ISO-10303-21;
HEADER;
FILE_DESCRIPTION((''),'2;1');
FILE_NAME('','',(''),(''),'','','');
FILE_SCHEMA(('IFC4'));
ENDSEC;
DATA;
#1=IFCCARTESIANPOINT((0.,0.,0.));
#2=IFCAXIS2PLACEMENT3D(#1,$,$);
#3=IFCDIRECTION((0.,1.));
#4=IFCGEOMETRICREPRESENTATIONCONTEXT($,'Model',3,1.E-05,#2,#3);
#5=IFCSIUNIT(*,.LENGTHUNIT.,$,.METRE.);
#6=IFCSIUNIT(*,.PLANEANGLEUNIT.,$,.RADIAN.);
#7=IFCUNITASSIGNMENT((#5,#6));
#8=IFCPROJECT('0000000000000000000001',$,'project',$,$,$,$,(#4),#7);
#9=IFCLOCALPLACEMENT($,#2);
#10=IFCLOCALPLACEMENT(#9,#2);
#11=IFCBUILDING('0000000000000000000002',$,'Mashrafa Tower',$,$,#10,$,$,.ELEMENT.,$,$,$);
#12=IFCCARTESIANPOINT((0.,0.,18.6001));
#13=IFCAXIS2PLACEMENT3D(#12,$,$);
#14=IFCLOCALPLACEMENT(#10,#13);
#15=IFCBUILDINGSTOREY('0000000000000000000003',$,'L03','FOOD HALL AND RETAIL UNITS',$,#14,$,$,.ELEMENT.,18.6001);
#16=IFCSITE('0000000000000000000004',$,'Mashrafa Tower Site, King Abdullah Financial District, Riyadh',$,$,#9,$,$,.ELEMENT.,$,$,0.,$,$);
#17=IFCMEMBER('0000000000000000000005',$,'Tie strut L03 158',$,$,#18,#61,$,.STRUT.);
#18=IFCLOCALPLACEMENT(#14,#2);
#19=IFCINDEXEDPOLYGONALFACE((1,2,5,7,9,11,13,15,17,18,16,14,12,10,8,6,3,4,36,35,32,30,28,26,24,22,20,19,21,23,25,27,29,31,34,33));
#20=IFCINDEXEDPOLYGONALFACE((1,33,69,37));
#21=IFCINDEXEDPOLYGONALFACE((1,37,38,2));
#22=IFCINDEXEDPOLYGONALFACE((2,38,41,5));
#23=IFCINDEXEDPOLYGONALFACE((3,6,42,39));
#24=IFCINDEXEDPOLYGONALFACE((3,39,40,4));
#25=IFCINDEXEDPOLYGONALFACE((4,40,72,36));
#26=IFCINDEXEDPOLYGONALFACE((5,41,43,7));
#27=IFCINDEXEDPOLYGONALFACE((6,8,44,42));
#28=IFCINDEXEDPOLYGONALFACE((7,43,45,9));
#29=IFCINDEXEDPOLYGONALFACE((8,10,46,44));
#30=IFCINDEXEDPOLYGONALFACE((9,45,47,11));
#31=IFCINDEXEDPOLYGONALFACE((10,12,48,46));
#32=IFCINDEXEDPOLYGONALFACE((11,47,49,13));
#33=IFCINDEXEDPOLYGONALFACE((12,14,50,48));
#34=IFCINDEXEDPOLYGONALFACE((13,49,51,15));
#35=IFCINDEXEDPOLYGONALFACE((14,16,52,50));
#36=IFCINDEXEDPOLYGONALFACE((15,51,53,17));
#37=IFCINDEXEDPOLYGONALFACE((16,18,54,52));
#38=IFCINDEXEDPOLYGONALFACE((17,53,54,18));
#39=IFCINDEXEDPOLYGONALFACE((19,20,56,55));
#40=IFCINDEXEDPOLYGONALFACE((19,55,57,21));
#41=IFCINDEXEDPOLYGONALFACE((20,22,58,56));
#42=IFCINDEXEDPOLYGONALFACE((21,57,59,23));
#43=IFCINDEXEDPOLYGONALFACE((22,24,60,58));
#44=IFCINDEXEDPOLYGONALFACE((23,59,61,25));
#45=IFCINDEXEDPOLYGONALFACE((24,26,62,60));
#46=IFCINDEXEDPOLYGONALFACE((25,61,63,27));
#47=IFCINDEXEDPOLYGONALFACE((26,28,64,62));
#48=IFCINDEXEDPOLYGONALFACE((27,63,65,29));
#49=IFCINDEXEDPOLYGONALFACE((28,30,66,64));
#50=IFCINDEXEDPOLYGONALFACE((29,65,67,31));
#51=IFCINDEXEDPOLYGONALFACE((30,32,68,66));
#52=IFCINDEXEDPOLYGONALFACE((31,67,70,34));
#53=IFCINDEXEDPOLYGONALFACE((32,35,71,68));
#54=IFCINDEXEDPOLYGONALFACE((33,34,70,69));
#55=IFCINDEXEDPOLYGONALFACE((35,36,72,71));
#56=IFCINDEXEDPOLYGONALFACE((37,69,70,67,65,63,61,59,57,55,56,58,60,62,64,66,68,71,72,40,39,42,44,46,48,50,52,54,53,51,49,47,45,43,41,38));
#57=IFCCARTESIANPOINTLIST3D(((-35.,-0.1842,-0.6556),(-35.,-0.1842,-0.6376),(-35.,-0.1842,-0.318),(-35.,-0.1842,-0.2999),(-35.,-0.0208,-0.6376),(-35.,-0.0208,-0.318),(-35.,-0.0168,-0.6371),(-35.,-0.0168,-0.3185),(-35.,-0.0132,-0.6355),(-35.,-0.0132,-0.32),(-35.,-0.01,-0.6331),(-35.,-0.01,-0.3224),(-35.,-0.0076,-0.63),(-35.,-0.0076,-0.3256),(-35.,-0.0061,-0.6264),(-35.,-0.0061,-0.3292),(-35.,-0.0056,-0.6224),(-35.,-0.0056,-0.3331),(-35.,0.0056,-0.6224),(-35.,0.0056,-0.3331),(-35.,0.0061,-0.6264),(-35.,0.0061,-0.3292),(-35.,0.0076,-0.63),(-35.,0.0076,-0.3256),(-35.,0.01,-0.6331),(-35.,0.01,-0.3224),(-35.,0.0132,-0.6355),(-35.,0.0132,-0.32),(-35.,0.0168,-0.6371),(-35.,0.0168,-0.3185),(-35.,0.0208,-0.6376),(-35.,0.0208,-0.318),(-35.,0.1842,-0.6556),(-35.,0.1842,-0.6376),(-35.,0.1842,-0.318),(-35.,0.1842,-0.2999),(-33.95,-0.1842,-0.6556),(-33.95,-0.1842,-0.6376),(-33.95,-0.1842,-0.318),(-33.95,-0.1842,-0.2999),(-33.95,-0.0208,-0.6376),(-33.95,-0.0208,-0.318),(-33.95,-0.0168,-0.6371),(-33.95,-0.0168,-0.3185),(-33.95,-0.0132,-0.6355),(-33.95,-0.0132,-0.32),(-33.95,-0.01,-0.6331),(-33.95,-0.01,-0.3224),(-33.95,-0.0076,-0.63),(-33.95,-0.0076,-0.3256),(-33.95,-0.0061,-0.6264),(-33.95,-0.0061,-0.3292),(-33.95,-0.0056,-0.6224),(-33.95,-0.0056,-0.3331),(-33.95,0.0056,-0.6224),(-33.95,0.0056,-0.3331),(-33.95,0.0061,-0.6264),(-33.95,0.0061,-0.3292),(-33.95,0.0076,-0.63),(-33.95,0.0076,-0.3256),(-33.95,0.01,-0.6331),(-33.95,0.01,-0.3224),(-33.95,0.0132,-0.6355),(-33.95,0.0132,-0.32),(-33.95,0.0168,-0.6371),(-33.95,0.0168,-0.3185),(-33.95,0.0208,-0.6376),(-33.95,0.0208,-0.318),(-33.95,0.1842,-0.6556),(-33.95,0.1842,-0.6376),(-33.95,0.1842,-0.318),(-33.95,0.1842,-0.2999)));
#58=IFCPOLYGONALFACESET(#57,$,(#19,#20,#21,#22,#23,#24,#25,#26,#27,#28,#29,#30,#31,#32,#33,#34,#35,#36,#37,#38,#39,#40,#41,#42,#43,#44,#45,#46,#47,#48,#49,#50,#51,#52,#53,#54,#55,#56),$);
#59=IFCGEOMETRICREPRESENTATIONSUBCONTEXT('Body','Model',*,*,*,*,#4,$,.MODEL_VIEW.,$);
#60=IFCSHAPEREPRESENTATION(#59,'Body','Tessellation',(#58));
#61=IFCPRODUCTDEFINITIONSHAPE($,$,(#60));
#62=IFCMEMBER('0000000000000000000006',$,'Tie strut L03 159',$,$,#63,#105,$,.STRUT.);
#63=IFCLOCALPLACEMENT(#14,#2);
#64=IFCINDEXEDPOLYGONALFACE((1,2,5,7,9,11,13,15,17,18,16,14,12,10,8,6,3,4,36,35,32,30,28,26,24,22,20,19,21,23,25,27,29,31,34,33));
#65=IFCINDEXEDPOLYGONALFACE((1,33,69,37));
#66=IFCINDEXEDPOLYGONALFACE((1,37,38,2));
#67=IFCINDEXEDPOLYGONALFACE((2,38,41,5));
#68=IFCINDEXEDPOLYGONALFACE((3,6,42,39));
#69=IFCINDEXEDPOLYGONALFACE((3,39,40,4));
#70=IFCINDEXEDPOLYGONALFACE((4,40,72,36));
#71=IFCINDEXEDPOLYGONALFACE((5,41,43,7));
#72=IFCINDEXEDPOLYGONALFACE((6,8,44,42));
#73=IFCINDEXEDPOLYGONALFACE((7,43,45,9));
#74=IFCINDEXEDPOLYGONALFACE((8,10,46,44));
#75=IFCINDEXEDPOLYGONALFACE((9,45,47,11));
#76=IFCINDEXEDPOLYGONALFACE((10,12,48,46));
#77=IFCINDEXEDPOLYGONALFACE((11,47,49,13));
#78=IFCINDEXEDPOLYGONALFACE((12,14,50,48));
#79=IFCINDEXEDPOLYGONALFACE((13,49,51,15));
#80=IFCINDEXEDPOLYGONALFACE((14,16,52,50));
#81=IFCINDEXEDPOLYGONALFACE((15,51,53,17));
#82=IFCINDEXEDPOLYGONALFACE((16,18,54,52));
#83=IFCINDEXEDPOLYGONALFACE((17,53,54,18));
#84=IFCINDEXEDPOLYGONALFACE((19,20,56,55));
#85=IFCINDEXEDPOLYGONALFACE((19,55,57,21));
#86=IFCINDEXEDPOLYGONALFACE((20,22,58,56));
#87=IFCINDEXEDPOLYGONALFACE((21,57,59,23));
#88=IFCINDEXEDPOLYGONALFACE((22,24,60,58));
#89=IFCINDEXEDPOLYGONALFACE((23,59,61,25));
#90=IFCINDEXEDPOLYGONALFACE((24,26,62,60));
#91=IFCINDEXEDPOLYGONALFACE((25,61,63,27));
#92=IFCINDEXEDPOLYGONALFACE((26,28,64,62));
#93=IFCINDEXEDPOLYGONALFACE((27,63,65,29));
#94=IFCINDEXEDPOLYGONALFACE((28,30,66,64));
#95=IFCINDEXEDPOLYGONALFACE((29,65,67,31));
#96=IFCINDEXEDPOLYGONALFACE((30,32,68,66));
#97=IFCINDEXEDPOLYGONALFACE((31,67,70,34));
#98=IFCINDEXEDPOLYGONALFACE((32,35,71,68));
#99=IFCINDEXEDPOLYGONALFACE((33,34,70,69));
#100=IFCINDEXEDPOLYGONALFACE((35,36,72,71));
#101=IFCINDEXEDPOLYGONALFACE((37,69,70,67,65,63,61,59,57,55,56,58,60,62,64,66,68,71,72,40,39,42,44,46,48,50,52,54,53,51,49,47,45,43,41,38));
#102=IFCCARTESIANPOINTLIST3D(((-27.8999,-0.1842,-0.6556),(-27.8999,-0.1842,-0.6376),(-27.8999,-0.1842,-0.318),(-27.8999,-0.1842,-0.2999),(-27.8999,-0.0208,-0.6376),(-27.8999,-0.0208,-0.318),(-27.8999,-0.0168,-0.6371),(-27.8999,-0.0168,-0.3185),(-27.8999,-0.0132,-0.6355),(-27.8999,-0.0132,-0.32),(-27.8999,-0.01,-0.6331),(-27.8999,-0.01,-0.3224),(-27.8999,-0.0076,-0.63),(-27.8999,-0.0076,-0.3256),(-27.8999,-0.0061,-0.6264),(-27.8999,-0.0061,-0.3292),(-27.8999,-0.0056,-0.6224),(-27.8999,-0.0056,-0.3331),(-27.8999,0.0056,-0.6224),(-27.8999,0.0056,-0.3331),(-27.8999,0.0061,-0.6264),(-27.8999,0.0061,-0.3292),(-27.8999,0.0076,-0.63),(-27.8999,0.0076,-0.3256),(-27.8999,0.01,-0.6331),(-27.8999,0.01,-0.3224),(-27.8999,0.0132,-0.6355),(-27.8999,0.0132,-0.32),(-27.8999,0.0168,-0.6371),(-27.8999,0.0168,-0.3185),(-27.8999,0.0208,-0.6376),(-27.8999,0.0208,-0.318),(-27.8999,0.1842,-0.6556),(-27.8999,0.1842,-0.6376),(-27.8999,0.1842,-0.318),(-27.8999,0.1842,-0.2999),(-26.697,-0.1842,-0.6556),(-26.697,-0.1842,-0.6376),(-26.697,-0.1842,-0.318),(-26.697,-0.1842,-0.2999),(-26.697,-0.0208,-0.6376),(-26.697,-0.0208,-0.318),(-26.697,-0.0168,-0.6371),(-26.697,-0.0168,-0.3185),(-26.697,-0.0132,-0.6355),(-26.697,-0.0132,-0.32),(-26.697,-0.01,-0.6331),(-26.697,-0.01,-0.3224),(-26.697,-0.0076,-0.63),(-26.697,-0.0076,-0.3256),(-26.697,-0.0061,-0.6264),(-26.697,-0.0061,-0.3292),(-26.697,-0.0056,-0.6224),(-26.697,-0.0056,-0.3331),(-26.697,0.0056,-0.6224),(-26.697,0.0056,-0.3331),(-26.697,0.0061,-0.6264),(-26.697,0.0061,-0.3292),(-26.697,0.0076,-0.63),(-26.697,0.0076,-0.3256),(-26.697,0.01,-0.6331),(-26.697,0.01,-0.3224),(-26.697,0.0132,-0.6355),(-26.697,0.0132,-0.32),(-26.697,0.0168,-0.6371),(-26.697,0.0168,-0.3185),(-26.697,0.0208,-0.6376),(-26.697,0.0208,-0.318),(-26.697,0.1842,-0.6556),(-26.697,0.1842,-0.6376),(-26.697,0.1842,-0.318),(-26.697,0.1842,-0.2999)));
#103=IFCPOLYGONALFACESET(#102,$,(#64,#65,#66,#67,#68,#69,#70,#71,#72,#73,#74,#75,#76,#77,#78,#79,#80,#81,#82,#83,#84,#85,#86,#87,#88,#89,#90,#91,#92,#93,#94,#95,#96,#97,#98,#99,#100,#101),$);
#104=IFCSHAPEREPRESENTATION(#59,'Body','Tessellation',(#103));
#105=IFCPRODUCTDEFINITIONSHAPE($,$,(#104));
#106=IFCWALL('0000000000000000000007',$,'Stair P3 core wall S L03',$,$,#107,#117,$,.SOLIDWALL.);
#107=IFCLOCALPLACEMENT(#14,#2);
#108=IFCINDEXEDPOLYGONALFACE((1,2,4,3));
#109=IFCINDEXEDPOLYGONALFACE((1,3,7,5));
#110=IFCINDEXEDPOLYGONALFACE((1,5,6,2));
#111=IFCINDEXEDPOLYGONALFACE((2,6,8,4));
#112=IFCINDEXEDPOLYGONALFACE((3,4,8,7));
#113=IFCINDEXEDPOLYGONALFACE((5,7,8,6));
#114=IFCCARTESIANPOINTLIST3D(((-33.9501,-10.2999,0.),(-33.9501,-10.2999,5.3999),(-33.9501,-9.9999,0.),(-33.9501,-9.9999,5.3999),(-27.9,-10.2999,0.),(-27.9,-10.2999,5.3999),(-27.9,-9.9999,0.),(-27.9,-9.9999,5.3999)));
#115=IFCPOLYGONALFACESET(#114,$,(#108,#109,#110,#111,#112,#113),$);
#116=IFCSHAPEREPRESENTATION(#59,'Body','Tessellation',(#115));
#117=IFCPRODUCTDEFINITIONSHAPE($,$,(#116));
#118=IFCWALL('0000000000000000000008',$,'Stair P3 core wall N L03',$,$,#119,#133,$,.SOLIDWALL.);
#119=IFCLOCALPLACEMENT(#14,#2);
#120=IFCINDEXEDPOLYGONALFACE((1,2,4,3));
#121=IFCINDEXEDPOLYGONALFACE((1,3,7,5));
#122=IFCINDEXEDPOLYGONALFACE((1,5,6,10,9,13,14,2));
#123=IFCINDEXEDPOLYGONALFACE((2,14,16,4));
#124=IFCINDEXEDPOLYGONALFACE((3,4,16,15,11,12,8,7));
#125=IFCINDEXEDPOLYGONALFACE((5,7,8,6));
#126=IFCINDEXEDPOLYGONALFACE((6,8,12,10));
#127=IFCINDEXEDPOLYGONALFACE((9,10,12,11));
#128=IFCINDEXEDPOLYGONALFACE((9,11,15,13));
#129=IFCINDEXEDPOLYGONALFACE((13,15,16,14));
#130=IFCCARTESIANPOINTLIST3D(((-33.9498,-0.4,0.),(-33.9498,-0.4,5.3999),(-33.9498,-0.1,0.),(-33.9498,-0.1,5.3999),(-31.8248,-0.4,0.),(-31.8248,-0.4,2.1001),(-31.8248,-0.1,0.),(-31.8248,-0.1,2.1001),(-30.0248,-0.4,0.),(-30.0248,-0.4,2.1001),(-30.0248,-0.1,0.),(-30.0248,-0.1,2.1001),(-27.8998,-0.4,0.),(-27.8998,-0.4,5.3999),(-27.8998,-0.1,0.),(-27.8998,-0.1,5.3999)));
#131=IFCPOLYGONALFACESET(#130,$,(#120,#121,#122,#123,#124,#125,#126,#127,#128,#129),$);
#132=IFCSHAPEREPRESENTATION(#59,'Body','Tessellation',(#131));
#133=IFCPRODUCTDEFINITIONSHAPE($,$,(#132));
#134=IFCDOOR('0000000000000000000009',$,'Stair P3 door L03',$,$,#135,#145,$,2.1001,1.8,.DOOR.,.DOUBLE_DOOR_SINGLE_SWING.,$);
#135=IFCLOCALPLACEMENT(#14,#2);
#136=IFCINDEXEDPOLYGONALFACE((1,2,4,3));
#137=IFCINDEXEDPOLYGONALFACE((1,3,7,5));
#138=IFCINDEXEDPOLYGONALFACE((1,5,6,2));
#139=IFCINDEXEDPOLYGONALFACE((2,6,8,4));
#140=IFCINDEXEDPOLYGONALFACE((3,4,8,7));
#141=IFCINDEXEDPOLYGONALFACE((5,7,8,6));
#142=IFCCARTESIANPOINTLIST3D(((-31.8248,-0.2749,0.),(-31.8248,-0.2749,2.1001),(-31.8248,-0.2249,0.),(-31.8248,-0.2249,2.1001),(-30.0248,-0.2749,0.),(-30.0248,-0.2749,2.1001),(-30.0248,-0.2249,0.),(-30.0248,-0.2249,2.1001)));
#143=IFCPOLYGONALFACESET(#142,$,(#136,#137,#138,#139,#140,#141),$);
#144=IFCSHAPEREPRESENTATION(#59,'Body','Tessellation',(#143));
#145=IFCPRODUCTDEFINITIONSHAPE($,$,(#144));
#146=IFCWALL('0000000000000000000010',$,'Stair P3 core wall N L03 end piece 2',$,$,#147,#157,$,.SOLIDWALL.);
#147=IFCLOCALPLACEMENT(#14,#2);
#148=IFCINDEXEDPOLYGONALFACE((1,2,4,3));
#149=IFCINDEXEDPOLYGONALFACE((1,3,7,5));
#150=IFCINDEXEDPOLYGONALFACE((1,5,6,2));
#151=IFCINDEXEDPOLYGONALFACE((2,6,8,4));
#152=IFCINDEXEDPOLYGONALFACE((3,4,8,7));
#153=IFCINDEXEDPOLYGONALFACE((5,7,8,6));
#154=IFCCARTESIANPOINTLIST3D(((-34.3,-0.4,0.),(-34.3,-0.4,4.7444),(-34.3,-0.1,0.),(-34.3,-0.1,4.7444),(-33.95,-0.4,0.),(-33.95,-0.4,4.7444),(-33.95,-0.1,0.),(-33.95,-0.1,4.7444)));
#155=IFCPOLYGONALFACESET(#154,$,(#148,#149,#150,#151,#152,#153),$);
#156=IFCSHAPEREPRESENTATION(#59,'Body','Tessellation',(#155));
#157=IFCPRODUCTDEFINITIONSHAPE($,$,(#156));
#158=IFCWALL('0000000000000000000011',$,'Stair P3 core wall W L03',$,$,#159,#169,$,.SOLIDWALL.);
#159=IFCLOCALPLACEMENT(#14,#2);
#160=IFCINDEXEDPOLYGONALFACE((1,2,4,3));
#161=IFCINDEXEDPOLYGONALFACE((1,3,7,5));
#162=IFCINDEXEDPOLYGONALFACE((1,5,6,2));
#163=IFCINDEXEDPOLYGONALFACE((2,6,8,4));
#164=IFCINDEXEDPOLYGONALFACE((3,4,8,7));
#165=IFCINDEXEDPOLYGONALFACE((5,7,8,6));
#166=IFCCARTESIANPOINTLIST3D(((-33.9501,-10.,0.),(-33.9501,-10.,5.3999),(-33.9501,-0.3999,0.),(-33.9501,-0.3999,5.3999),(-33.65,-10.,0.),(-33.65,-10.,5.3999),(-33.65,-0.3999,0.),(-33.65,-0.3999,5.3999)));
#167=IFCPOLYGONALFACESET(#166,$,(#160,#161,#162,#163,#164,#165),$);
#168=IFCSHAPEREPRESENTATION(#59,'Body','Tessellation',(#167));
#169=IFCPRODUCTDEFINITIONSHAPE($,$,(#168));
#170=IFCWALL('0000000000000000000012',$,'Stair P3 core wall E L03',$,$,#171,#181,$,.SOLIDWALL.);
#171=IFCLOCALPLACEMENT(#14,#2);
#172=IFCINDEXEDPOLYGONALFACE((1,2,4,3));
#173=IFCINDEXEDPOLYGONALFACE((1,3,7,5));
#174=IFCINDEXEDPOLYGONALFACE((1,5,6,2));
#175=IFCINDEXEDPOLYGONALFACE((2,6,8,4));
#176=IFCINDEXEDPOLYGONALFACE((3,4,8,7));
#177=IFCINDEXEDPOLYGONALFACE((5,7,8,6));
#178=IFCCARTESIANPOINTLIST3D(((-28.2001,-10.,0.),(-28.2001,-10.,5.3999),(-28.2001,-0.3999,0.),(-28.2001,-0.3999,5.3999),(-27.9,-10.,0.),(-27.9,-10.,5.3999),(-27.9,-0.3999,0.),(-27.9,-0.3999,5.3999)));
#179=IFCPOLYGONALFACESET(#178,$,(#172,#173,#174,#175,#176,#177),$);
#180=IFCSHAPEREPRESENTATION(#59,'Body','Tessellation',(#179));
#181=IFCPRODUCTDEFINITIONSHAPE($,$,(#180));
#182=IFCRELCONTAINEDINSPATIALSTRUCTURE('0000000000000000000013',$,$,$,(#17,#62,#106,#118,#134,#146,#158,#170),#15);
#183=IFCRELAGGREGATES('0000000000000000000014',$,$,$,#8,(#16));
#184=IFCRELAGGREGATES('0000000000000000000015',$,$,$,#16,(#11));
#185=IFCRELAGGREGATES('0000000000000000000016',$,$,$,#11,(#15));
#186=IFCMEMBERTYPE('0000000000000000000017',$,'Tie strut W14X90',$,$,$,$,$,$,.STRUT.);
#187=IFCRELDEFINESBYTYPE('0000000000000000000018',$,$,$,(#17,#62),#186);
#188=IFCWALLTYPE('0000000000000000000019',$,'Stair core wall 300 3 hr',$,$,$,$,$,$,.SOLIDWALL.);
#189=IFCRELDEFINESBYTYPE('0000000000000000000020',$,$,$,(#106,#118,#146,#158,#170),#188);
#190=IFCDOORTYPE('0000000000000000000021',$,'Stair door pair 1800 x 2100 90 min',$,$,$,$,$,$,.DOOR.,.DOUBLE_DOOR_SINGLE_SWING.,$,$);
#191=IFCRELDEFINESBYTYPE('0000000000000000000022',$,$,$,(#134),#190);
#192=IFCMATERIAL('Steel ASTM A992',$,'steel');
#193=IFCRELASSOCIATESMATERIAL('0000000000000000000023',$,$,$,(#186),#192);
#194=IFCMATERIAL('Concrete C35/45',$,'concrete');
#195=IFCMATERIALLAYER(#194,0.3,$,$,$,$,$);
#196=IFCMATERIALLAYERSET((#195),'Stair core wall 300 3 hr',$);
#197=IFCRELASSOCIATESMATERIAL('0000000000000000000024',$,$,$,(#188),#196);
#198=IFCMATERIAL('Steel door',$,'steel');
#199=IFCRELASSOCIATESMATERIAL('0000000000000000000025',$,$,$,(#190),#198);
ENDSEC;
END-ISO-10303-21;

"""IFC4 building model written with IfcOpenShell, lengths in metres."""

from ifc_helpers import new_model, si_unit, direction, frame, frame_2d, origin, origin_2d, place, context, subcontext, project, spatial, rectangle, i_section, extrude, source, transform, mapped, material, layer, layer_set, material_profile, profile_set, type_object, type_shapes, element, fill, save


model = new_model("IFC4")

# Units and contexts
model_context = context("Model", 3, precision=1e-05, world=origin(), true_north=direction((0.0, 1.0)))
body_context = subcontext(model_context, "Body", "Model", "MODEL_VIEW")
ifc_project = project(units=[si_unit("LENGTHUNIT", "METRE"), si_unit("PLANEANGLEUNIT", "RADIAN")], contexts=[model_context])

# Site, building, storey
site_placement = place(None, origin())
site = spatial("IfcSite", under=ifc_project, at=site_placement, Name="Mashrafa Tower Site, King Abdullah Financial District, Riyadh", CompositionType="ELEMENT", RefElevation=0.0)
building_placement = place(site_placement, origin())
building = spatial("IfcBuilding", under=site, at=building_placement, Name="Mashrafa Tower", CompositionType="ELEMENT")
storey_placement = place(building_placement, frame((0.0, 0.0, 18.6001)))
storey = spatial("IfcBuildingStorey", under=building, at=storey_placement, Name="L03", Description="FOOD HALL AND RETAIL UNITS", CompositionType="ELEMENT", Elevation=18.6001)

# Members
ifc_material_1 = material(Name="Steel ASTM A992", Category="steel")
ifc_material_profile_1 = material_profile(ifc_material_1, i_section(OverallWidth=0.3684, OverallDepth=0.3557, WebThickness=0.0112, FlangeThickness=0.0181, FilletRadius=0.0151, at=origin_2d()), Name="W14X90")
ifc_profile_set_1 = profile_set([ifc_material_profile_1], Name="Steel ASTM A992")
member_type_1 = type_object("IfcMemberType", Name="Tie strut W14X90", PredefinedType="STRUT", material=ifc_profile_set_1)
shared_shape_1 = source(origin(), body_context, "Body", "SweptSolid", [
    extrude(i_section(OverallWidth=0.3684, OverallDepth=0.3557, WebThickness=0.0112, FlangeThickness=0.0181, FilletRadius=0.0151, at=origin_2d()), origin(), (0.0, 0.0, 1.0), 1.05),
])
member_1_placement = place(storey_placement, frame((-33.95, 0.0, -0.4778), z_axis=(-1.0, 0.0, 0.0), x_axis=(0.0, -1.0, 0.0)))
element("IfcMember", 1, at=member_1_placement, inside=storey, type_object=member_type_1, Name="Tie strut L03 158", PredefinedType="STRUT", context=body_context, shape_type="MappedRepresentation", body=[
    mapped(shared_shape_1, transform((0.0, 0.0, 0.0))),
])
shared_shape_2 = source(origin(), body_context, "Body", "SweptSolid", [
    extrude(i_section(OverallWidth=0.3684, OverallDepth=0.3557, WebThickness=0.0112, FlangeThickness=0.0181, FilletRadius=0.0151, at=origin_2d()), origin(), (0.0, 0.0, 1.0), 1.2029),
])
type_shapes(member_type_1, [shared_shape_1, shared_shape_2])
member_2_placement = place(storey_placement, frame((-26.697, 0.0, -0.4778), z_axis=(-1.0, 0.0, 0.0), x_axis=(0.0, -1.0, 0.0)))
element("IfcMember", 2, at=member_2_placement, inside=storey, type_object=member_type_1, Name="Tie strut L03 159", PredefinedType="STRUT", context=body_context, shape_type="MappedRepresentation", body=[
    mapped(shared_shape_2, transform((0.0, 0.0, 0.0))),
])

# Wall
ifc_material_2 = material(Name="Concrete C35/45", Category="concrete")
ifc_layer = layer(ifc_material_2, 0.3)
ifc_layer_set = layer_set([ifc_layer], Name="Stair core wall 300 3 hr")
wall_type = type_object("IfcWallType", Name="Stair core wall 300 3 hr", PredefinedType="SOLIDWALL", material=ifc_layer_set)
wall_1_placement = place(storey_placement, frame((-33.95, -10.1499, 0.0), z_axis=(0.0, 0.0, 1.0), x_axis=(1.0, 0.0, 0.0)))
element("IfcWall", 3, at=wall_1_placement, inside=storey, type_object=wall_type, Name="Stair P3 core wall S L03", PredefinedType="SOLIDWALL", context=body_context, shape_type="SweptSolid", body=[
    extrude(rectangle(XDim=6.05, YDim=0.3, at=frame_2d((3.0249, 0.0))), origin(), (0.0, 0.0, 1.0), 5.3999),
])

# Wall, opening, door
wall_2_placement = place(storey_placement, frame((-27.8999, -0.25, 0.0), z_axis=(0.0, 0.0, 1.0), x_axis=(-1.0, 0.0, 0.0)))
wall_2 = element("IfcWall", 4, at=wall_2_placement, inside=storey, type_object=wall_type, Name="Stair P3 core wall N L03", PredefinedType="SOLIDWALL", context=body_context, shape_type="SweptSolid", body=[
    extrude(rectangle(XDim=6.05, YDim=0.3, at=frame_2d((3.0249, 0.0))), origin(), (0.0, 0.0, 1.0), 5.3999),
])
opening_placement = place(wall_2_placement, frame((2.125, 0.0, 0.0)))
opening = element("IfcOpeningElement", 5, at=opening_placement, cuts=wall_2, PredefinedType="OPENING", context=body_context, shape_type="SweptSolid", body=[
    extrude(rectangle(XDim=1.8, YDim=2.1001, at=frame_2d((0.8999, 1.05))), frame((0.0, 0.1599, 0.0), z_axis=(0.0, -1.0, 0.0), x_axis=(1.0, 0.0, 0.0)), (0.0, 0.0, 1.0), 0.3201),
])
ifc_material_3 = material(Name="Steel door", Category="steel")
door_type = type_object("IfcDoorType", Name="Stair door pair 1800 x 2100 90 min", OperationType="DOUBLE_DOOR_SINGLE_SWING", PredefinedType="DOOR", material=ifc_material_3)
door_placement = place(opening_placement, origin())
door = element("IfcDoor", 6, at=door_placement, inside=storey, type_object=door_type, Name="Stair P3 door L03", OperationType="DOUBLE_DOOR_SINGLE_SWING", OverallHeight=2.1001, OverallWidth=1.8, PredefinedType="DOOR", context=body_context, shape_type="SweptSolid", body=[
    extrude(rectangle(XDim=1.8, YDim=2.1001, at=frame_2d((0.8999, 1.05))), frame((0.0, 0.0249, 0.0), z_axis=(0.0, -1.0, 0.0), x_axis=(1.0, 0.0, 0.0)), (0.0, 0.0, 1.0), 0.05),
])
fill(opening, door)

# Walls
wall_3_placement = place(storey_placement, frame((-33.95, -0.25, 0.0), z_axis=(0.0, 0.0, 1.0), x_axis=(-1.0, 0.0, 0.0)))
element("IfcWall", 7, at=wall_3_placement, inside=storey, type_object=wall_type, Name="Stair P3 core wall N L03 end piece 2", PredefinedType="SOLIDWALL", context=body_context, shape_type="SweptSolid", body=[
    extrude(rectangle(XDim=0.3501, YDim=0.3, at=frame_2d((0.175, 0.0))), origin(), (0.0, 0.0, 1.0), 4.7444),
])
for number, where, z_axis, x_axis, name in (
    (8, (-33.8, -0.3999, 0.0), (0.0, 0.0, 1.0), (0.0, -1.0, 0.0), "Stair P3 core wall W L03"),
    (9, (-28.05, -10.0, 0.0), (0.0, 0.0, 1.0), (0.0, 1.0, 0.0), "Stair P3 core wall E L03"),
):
    element("IfcWall", number, at=place(storey_placement, frame(where, z_axis=z_axis, x_axis=x_axis)), inside=storey, type_object=wall_type, Name=name, PredefinedType="SOLIDWALL", context=body_context, shape_type="SweptSolid", body=[
        extrude(rectangle(XDim=9.6001, YDim=0.3, at=frame_2d((4.8, 0.0))), origin(), (0.0, 0.0, 1.0), 5.3999),
    ])

save(model, "model.ifc")
